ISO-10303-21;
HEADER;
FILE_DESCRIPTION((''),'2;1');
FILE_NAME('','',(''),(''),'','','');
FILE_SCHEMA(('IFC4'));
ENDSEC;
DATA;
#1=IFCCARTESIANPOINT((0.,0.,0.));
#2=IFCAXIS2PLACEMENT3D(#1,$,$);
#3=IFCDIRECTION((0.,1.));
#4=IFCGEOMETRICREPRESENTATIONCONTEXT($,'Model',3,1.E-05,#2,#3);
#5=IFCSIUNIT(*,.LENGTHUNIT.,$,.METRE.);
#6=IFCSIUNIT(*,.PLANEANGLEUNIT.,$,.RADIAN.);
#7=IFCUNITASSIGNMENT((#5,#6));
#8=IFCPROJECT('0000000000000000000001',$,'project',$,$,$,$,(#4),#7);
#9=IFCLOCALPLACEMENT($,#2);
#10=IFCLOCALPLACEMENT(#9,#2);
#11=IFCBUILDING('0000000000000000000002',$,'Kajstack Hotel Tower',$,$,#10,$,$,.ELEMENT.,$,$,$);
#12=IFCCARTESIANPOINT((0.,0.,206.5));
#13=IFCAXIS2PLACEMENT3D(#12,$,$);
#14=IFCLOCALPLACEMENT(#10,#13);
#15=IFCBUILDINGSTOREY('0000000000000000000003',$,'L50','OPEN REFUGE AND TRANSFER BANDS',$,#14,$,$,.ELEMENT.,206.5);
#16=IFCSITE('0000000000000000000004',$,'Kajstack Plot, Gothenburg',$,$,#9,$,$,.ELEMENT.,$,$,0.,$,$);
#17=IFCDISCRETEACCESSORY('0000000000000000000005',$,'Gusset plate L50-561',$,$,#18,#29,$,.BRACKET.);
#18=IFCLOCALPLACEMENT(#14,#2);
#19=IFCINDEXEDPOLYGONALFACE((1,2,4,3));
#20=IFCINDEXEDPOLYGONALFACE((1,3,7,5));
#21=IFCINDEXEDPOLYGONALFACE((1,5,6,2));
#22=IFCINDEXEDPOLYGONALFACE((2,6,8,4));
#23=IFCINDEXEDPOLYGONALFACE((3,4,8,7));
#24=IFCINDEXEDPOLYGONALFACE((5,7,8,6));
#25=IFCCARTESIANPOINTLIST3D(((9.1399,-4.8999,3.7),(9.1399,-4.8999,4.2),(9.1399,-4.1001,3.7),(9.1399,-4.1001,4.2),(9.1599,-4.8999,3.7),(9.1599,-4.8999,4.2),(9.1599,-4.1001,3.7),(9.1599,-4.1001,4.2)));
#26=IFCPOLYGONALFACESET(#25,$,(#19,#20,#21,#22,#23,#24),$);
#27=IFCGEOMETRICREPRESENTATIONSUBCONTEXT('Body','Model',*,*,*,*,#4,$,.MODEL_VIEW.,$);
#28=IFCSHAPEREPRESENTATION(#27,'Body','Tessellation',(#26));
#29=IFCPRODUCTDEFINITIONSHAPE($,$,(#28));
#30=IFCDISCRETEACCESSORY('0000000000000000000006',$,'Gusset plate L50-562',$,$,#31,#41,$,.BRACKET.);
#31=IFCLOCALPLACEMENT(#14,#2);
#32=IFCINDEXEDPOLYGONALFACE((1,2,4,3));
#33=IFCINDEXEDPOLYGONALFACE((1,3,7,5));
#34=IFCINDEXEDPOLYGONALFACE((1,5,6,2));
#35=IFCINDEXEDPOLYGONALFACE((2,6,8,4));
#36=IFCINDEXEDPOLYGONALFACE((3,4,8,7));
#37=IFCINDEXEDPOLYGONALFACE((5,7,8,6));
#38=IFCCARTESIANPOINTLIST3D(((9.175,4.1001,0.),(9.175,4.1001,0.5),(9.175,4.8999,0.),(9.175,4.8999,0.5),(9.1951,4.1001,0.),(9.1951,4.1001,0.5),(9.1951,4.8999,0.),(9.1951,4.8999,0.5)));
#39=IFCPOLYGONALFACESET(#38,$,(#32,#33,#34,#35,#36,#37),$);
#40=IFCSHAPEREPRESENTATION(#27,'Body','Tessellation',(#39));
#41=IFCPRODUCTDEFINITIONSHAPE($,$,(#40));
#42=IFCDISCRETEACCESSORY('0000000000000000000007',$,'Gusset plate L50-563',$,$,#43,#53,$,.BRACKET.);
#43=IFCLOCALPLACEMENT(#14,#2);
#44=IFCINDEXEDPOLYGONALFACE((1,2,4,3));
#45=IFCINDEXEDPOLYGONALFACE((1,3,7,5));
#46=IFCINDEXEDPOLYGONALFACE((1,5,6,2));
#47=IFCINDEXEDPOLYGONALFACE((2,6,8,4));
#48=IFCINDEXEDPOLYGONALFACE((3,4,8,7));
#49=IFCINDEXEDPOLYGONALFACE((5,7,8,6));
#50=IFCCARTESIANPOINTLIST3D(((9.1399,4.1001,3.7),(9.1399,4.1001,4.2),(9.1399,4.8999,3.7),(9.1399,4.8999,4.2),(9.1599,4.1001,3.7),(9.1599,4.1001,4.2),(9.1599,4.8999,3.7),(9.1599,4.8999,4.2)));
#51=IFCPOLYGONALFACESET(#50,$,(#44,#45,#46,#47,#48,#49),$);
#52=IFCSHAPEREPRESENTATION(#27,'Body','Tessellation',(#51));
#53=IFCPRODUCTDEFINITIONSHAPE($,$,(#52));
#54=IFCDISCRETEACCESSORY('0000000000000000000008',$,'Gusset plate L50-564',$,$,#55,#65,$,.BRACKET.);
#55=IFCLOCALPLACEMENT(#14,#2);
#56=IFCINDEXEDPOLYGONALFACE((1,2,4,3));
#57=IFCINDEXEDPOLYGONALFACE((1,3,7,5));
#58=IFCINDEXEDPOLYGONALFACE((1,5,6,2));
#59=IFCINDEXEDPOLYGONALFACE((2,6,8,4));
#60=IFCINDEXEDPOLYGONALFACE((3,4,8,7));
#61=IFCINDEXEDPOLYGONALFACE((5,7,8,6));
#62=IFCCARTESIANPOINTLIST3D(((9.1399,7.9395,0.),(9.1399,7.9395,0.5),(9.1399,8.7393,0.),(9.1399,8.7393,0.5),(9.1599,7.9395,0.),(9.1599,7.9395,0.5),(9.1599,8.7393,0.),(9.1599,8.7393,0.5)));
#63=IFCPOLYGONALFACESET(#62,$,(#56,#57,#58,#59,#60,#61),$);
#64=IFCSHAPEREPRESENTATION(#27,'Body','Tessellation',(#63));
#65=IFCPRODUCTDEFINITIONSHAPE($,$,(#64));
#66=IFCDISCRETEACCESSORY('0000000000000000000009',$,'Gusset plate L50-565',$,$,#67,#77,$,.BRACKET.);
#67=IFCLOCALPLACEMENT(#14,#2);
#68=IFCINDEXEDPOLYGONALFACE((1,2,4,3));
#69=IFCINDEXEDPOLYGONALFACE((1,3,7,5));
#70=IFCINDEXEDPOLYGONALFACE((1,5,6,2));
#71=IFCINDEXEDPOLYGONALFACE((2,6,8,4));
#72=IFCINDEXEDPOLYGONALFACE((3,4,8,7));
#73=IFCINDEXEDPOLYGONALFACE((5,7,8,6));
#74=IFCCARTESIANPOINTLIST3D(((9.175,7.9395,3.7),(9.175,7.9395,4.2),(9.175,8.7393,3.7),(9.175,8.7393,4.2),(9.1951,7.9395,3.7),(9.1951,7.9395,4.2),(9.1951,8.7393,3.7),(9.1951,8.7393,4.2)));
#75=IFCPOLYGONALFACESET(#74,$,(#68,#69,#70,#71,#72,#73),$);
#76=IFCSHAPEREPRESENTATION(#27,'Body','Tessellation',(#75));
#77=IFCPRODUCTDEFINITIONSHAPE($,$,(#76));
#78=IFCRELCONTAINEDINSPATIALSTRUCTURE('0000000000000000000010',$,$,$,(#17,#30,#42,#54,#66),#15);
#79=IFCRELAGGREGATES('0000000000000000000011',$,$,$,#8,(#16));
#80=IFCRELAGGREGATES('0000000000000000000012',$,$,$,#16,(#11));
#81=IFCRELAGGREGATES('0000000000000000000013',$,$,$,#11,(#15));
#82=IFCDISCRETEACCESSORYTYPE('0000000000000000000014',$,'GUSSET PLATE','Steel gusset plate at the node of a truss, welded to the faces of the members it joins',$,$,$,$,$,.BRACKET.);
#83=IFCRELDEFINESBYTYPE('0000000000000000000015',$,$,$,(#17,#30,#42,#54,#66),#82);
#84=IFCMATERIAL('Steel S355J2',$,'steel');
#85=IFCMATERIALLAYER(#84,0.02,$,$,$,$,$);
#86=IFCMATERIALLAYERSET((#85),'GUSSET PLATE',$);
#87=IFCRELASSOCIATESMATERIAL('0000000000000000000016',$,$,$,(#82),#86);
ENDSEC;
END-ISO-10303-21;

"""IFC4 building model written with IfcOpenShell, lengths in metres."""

from ifc_helpers import new_model, si_unit, direction, frame, origin, place, context, subcontext, project, spatial, polyline, outline, extrude, material, layer, layer_set, type_object, element, save


model = new_model("IFC4")

# Units and contexts
model_context = context("Model", 3, precision=1e-05, world=origin(), true_north=direction((0.0, 1.0)))
body_context = subcontext(model_context, "Body", "Model", "MODEL_VIEW")
ifc_project = project(units=[si_unit("LENGTHUNIT", "METRE"), si_unit("PLANEANGLEUNIT", "RADIAN")], contexts=[model_context])

# Site, building, storey
site_placement = place(None, origin())
site = spatial("IfcSite", under=ifc_project, at=site_placement, Name="Kajstack Plot, Gothenburg", CompositionType="ELEMENT", RefElevation=0.0)
building_placement = place(site_placement, origin())
building = spatial("IfcBuilding", under=site, at=building_placement, Name="Kajstack Hotel Tower", CompositionType="ELEMENT")
storey_placement = place(building_placement, frame((0.0, 0.0, 206.5)))
storey = spatial("IfcBuildingStorey", under=building, at=storey_placement, Name="L50", Description="OPEN REFUGE AND TRANSFER BANDS", CompositionType="ELEMENT", Elevation=206.5)

# Shared definitions
ifc_material_1 = material(Name="Steel S355J2", Category="steel")

# Discrete accessories
ifc_layer_1 = layer(ifc_material_1, 0.02)
ifc_layer_set_1 = layer_set([ifc_layer_1], Name="GUSSET PLATE")
discrete_accessory_type = type_object("IfcDiscreteAccessoryType", Name="GUSSET PLATE", Description="Steel gusset plate at the node of a truss, welded to the faces of the members it joins", PredefinedType="BRACKET", material=ifc_layer_set_1)
for number, where, z_axis, x_axis, name in (
    (1, (9.1399, -4.5, 3.7), (1.0, 0.0, 0.0), (0.0, 1.0, 0.0), "Gusset plate L50-561"),
    (2, (9.175, 4.5, 0.0), (1.0, 0.0, 0.0), (0.0, 1.0, 0.0), "Gusset plate L50-562"),
    (3, (9.1399, 4.5, 3.7), (1.0, 0.0, 0.0), (0.0, 1.0, 0.0), "Gusset plate L50-563"),
    (4, (9.1399, 8.3394, 0.0), (1.0, 0.0, 0.0), (0.0, 1.0, 0.0), "Gusset plate L50-564"),
    (5, (9.175, 8.3394, 3.7), (1.0, 0.0, 0.0), (0.0, 1.0, 0.0), "Gusset plate L50-565"),
):
    element("IfcDiscreteAccessory", number, at=place(storey_placement, frame(where, z_axis=z_axis, x_axis=x_axis)), inside=storey, type_object=discrete_accessory_type, Name=name, PredefinedType="BRACKET", context=body_context, shape_type="SweptSolid", body=[
        extrude(outline(polyline([(-0.3999, 0.0), (0.3999, 0.0), (0.3999, 0.5), (-0.3999, 0.5), (-0.3999, 0.0)])), origin(), (0.0, 0.0, 1.0), 0.02),
    ])

save(model, "model.ifc")
